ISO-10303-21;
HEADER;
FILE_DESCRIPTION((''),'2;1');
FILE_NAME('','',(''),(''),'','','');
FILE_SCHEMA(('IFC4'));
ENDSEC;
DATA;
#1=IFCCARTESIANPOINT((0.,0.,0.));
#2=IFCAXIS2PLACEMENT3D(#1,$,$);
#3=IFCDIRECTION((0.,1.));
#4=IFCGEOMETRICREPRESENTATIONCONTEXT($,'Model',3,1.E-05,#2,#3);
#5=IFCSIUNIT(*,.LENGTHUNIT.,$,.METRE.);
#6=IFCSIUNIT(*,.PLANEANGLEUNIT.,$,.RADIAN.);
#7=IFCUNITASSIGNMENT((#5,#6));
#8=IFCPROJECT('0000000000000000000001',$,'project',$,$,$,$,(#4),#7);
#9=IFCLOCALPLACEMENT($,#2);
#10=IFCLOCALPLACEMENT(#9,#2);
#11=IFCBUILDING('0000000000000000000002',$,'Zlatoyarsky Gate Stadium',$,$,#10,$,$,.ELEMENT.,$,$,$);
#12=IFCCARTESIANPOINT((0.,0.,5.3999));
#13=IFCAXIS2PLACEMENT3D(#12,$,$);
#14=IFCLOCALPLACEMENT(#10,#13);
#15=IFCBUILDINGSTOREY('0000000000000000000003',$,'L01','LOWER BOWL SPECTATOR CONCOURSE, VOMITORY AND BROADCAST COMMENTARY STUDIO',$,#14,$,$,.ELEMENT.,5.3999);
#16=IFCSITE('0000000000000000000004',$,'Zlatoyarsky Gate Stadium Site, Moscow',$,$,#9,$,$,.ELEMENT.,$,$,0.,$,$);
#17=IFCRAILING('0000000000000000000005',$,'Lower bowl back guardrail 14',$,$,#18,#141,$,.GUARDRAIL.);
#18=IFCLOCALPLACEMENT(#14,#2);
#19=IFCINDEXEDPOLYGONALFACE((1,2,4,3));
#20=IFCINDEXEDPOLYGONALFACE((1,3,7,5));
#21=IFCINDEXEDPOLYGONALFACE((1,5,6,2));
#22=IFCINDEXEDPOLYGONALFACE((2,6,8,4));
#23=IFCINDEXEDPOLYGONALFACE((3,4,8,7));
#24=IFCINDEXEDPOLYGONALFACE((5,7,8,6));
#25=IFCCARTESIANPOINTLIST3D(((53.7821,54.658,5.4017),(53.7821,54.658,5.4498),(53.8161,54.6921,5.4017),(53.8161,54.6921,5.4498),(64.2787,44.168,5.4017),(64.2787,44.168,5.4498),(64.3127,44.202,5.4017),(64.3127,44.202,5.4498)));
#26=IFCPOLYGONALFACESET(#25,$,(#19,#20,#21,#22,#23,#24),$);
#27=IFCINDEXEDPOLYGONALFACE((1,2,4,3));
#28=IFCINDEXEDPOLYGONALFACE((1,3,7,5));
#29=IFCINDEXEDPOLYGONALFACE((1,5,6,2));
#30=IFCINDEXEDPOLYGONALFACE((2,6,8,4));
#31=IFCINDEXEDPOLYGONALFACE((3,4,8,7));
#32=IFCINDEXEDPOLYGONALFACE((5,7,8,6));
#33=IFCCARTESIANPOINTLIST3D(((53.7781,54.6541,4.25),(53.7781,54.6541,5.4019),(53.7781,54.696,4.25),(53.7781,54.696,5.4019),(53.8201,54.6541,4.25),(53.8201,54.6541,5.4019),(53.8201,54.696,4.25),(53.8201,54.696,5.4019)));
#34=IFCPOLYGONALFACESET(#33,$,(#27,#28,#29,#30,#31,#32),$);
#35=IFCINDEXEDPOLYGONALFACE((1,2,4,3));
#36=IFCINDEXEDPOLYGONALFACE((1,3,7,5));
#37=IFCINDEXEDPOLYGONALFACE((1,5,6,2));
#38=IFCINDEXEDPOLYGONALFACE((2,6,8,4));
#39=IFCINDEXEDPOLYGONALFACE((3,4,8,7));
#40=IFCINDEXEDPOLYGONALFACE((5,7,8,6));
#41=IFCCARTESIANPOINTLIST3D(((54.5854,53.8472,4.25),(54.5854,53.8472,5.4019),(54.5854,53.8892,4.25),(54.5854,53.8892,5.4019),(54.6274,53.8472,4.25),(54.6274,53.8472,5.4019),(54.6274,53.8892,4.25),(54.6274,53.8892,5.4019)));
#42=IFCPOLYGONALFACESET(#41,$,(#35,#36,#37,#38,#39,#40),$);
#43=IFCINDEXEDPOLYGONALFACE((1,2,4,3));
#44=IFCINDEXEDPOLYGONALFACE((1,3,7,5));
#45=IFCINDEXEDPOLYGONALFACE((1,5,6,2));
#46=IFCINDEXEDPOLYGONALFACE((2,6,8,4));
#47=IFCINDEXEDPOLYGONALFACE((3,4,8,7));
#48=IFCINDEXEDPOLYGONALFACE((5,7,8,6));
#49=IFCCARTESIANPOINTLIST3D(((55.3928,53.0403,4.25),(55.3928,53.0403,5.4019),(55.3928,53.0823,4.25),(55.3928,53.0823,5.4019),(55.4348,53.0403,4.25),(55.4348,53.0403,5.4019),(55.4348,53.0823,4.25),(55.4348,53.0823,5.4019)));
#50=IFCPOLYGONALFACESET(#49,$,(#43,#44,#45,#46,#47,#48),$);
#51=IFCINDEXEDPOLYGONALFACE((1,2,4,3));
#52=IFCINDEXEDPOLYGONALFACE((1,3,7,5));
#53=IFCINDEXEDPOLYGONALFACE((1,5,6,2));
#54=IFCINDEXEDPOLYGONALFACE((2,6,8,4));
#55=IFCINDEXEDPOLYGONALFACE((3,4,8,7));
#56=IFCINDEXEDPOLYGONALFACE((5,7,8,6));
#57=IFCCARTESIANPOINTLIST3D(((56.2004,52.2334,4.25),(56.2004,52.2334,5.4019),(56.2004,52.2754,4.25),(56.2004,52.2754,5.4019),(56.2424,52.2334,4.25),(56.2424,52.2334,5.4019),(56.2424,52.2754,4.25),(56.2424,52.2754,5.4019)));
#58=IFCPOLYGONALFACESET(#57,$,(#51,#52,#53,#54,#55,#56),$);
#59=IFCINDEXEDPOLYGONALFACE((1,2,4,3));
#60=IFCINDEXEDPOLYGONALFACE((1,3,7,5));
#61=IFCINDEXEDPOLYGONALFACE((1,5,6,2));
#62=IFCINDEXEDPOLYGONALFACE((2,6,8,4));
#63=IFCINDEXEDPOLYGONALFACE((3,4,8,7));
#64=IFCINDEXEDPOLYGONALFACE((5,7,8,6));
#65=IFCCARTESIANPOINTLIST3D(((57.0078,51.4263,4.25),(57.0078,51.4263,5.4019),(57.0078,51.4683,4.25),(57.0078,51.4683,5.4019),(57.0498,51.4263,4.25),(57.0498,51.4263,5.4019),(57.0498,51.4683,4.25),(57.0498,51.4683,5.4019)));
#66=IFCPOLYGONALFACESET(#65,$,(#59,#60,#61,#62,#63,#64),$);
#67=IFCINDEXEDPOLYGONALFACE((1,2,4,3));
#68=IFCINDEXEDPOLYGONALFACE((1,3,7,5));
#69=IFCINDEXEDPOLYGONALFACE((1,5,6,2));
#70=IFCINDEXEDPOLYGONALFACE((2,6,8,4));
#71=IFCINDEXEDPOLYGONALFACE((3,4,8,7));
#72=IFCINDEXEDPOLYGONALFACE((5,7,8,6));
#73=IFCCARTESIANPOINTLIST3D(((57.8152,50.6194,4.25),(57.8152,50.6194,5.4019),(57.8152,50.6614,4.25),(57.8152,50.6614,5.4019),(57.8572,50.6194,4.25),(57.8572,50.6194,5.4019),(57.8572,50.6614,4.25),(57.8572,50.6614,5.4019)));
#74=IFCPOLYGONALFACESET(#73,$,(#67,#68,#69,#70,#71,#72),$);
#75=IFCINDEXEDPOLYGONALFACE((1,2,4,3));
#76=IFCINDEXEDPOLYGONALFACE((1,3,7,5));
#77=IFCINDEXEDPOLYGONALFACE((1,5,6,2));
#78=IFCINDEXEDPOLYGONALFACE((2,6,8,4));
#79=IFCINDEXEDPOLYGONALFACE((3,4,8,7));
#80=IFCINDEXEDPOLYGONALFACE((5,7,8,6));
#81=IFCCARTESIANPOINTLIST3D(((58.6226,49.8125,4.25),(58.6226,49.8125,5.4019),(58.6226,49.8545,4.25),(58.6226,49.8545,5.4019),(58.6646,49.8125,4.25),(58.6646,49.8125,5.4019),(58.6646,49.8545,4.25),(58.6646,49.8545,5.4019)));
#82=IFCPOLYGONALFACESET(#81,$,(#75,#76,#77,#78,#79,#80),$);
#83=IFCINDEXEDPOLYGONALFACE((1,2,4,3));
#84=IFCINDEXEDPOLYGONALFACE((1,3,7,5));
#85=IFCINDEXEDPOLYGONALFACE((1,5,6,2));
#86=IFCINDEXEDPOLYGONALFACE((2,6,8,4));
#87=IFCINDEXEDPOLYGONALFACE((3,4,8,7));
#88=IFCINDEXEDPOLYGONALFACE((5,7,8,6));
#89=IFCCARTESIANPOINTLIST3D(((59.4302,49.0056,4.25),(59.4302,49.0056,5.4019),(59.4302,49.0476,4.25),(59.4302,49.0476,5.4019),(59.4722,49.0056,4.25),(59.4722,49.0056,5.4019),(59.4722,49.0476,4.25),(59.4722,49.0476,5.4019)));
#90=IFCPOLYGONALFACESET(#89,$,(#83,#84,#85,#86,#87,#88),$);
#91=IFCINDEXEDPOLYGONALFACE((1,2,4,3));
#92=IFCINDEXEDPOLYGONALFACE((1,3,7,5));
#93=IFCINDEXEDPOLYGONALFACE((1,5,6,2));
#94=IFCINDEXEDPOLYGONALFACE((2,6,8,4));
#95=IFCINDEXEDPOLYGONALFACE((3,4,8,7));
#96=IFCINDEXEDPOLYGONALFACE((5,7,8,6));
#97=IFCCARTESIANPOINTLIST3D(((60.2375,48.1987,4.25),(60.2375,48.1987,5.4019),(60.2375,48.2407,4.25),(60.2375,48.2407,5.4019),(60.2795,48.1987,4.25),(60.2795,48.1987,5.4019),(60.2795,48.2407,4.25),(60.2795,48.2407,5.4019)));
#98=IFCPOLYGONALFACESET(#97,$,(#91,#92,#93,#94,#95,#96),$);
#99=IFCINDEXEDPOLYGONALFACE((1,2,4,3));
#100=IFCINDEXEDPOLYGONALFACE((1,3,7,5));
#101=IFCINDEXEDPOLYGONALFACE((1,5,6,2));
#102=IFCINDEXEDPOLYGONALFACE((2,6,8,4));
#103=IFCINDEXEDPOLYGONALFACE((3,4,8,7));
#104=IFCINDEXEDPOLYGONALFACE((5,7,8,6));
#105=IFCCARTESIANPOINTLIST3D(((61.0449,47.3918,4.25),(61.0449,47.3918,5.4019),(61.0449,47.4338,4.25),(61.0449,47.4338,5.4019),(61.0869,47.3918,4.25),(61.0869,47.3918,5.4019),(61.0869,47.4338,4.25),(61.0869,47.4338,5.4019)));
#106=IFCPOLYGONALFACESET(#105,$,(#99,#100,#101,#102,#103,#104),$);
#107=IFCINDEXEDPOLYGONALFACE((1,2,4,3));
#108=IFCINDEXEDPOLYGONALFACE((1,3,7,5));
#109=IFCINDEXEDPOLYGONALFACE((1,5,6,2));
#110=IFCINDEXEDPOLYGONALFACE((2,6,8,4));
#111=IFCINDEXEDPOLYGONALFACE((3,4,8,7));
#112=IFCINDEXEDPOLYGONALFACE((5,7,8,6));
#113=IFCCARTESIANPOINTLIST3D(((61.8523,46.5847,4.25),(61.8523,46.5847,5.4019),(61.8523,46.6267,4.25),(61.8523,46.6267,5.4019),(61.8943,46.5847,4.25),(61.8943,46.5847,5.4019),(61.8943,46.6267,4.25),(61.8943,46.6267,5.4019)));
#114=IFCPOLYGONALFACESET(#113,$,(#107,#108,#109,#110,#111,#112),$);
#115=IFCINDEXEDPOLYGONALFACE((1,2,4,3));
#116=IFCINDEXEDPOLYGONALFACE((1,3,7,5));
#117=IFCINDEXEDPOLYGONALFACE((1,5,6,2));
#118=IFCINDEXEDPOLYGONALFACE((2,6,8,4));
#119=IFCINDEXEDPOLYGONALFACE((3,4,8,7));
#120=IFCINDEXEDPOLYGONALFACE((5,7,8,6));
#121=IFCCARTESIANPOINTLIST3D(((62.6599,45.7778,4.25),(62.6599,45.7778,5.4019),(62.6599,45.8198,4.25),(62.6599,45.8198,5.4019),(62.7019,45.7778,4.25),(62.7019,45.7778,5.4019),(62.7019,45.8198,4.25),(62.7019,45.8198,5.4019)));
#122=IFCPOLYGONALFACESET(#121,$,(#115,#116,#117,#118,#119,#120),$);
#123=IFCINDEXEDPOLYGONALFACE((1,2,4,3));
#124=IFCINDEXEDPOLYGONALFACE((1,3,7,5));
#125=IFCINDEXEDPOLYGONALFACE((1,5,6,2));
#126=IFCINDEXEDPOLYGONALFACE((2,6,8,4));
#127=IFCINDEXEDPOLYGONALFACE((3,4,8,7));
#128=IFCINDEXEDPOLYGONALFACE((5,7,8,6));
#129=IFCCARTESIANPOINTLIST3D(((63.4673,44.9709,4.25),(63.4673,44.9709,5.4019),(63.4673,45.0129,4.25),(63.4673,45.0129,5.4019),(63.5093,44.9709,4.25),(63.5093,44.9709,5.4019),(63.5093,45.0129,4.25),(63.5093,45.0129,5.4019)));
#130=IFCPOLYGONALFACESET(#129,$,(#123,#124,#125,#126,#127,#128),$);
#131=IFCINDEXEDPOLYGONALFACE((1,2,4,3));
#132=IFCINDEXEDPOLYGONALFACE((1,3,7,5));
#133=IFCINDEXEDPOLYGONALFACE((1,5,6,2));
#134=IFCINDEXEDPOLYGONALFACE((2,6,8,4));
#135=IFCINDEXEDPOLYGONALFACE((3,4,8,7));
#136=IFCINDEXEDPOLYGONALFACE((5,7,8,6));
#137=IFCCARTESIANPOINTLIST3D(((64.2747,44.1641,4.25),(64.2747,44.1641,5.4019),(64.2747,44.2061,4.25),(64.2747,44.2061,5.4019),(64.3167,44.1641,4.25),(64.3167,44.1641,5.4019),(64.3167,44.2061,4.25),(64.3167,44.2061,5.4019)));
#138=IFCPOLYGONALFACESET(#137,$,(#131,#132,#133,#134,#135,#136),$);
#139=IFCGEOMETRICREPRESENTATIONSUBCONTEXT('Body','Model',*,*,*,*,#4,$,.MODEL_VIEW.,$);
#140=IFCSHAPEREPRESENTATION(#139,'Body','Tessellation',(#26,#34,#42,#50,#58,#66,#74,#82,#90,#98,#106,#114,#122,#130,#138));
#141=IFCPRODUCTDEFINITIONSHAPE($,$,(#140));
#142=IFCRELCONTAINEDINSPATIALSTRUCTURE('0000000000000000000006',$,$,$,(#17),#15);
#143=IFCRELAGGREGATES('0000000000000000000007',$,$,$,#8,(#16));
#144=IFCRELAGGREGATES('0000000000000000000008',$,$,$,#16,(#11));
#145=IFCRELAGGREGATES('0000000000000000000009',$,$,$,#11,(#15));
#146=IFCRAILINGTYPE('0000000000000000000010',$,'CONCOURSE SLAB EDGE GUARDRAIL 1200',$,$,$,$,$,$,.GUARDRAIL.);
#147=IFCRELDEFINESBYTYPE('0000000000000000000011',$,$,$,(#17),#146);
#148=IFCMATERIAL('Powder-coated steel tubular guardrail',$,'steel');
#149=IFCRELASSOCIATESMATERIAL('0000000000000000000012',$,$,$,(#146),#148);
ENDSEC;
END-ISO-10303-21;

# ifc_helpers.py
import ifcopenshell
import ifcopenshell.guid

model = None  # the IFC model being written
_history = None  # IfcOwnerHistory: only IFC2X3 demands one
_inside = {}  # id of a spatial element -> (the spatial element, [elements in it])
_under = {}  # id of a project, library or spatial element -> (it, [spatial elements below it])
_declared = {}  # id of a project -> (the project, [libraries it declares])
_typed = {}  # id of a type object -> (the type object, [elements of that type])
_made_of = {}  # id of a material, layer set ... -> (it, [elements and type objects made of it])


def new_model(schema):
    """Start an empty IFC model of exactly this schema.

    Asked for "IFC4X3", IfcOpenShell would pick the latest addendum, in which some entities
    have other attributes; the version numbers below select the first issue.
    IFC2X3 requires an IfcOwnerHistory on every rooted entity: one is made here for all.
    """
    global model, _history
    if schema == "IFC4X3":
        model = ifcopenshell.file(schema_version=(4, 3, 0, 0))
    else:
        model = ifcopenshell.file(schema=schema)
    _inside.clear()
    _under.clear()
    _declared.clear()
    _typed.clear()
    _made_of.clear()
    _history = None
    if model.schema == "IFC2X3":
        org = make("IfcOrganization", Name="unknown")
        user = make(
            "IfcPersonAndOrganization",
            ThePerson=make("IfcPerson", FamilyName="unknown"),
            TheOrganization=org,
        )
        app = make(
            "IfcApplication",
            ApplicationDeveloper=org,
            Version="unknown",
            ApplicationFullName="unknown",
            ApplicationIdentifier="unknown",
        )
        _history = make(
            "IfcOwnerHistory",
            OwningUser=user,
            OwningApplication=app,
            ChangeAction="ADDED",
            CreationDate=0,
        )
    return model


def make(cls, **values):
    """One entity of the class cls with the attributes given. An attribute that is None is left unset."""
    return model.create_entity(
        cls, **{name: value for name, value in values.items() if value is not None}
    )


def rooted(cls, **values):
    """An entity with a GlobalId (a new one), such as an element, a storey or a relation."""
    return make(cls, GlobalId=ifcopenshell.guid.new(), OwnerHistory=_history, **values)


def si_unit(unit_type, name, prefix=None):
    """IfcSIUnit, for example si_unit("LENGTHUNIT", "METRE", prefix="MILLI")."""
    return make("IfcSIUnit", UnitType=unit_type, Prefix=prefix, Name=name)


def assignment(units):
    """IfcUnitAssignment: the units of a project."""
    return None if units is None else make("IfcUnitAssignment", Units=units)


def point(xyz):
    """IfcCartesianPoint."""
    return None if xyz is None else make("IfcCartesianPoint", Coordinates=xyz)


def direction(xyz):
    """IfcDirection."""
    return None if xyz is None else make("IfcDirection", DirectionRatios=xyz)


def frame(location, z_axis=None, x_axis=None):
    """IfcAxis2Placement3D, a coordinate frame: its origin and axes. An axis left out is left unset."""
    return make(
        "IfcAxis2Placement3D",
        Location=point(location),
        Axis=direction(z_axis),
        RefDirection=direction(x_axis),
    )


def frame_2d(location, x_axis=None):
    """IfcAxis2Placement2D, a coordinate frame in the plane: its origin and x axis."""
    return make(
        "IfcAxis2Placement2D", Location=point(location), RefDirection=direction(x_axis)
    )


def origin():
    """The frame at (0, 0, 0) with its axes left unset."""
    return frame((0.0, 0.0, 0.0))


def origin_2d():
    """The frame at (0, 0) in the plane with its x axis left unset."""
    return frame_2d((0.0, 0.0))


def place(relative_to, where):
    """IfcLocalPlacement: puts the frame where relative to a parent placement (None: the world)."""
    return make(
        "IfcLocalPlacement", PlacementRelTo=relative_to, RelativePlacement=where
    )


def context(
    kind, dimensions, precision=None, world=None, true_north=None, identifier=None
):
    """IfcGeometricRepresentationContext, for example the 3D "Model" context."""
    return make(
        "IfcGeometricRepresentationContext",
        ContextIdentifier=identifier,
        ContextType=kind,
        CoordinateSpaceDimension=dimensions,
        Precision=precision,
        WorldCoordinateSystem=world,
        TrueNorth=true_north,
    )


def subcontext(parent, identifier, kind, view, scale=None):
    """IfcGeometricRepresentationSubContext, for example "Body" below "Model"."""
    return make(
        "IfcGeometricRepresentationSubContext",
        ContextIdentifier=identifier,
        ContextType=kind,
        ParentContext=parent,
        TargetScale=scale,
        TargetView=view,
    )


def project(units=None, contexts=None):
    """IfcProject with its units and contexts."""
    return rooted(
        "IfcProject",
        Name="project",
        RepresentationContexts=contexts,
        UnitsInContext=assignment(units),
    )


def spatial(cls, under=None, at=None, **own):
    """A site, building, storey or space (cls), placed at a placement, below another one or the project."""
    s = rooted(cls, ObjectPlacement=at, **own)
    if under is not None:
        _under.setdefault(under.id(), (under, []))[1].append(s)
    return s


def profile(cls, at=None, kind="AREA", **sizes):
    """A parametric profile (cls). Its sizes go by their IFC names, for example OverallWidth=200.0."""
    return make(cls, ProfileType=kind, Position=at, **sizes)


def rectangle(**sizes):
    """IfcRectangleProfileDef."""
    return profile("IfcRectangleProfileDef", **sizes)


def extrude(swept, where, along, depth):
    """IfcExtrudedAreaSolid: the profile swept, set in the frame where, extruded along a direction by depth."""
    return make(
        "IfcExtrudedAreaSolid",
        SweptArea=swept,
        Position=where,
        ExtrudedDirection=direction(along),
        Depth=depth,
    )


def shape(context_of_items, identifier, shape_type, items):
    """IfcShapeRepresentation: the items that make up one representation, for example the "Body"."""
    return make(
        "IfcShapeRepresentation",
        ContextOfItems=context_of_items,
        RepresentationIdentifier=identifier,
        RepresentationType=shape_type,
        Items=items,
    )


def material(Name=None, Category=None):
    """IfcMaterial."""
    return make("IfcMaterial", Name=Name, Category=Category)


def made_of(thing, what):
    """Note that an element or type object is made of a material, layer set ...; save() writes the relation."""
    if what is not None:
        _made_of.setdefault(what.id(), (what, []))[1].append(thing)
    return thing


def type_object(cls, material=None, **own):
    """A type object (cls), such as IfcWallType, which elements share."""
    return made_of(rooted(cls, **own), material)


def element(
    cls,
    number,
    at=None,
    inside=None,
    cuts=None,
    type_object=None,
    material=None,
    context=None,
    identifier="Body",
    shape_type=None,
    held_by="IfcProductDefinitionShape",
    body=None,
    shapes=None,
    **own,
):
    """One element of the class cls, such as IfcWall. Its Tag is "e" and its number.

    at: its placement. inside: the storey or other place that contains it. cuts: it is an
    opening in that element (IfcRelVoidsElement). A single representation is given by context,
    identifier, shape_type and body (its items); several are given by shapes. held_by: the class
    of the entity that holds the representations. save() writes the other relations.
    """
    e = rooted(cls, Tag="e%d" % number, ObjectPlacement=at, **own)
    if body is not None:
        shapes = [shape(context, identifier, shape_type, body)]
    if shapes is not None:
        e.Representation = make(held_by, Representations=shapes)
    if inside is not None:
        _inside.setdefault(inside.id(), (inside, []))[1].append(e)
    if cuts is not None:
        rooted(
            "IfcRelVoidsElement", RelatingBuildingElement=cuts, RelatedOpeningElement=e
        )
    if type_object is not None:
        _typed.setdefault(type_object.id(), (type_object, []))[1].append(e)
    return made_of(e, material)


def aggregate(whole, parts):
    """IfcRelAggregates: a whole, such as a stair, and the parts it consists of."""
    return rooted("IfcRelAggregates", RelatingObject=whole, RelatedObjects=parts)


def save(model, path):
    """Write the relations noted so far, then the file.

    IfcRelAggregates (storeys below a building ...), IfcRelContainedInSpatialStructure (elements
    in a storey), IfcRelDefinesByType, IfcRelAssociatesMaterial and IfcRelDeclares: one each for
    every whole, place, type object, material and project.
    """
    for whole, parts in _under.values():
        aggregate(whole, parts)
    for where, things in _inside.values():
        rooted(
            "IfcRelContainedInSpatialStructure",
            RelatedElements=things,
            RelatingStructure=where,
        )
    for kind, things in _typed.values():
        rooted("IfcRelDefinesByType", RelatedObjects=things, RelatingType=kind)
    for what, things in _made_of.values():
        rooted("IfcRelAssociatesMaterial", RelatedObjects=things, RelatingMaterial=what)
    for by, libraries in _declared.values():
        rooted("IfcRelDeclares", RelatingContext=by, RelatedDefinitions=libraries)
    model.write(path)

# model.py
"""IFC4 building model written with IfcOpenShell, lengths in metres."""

from ifc_helpers import new_model, si_unit, direction, frame, origin, origin_2d, place, context, subcontext, project, spatial, rectangle, extrude, material, type_object, element, save


model = new_model("IFC4")

# Units and contexts
model_context = context("Model", 3, precision=1e-05, world=origin(), true_north=direction((0.0, 1.0)))
body_context = subcontext(model_context, "Body", "Model", "MODEL_VIEW")
ifc_project = project(units=[si_unit("LENGTHUNIT", "METRE"), si_unit("PLANEANGLEUNIT", "RADIAN")], contexts=[model_context])

# Site, building, storey
site_placement = place(None, origin())
site = spatial("IfcSite", under=ifc_project, at=site_placement, Name="Zlatoyarsky Gate Stadium Site, Moscow", CompositionType="ELEMENT", RefElevation=0.0)
building_placement = place(site_placement, origin())
building = spatial("IfcBuilding", under=site, at=building_placement, Name="Zlatoyarsky Gate Stadium", CompositionType="ELEMENT")
storey_placement = place(building_placement, frame((0.0, 0.0, 5.3999)))
storey = spatial("IfcBuildingStorey", under=building, at=storey_placement, Name="L01", Description="LOWER BOWL SPECTATOR CONCOURSE, VOMITORY AND BROADCAST COMMENTARY STUDIO", CompositionType="ELEMENT", Elevation=5.3999)

# Railing
ifc_material_1 = material(Name="Powder-coated steel tubular guardrail", Category="steel")
railing_type_1 = type_object("IfcRailingType", Name="CONCOURSE SLAB EDGE GUARDRAIL 1200", PredefinedType="GUARDRAIL", material=ifc_material_1)
railing_1_placement = place(storey_placement, frame((53.7991, 54.675, 4.25)))
element("IfcRailing", 1, at=railing_1_placement, inside=storey, type_object=railing_type_1, Name="Lower bowl back guardrail 14", PredefinedType="GUARDRAIL", context=body_context, shape_type="SweptSolid", body=[
    extrude(rectangle(XDim=0.0481, YDim=0.0481, at=origin_2d()), frame((0.0, 0.0, 1.1758), z_axis=(0.707329, -0.706885, 0.0), x_axis=(0.706885, 0.707329, 0.0)), (0.0, 0.0, 1.0), 14.8398),
    extrude(rectangle(XDim=0.042, YDim=0.042, at=origin_2d()), origin(), (0.0, 0.0, 1.0), 1.1519),
    extrude(rectangle(XDim=0.042, YDim=0.042, at=origin_2d()), frame((0.8074, -0.8069, 0.0)), (0.0, 0.0, 1.0), 1.1519),
    extrude(rectangle(XDim=0.042, YDim=0.042, at=origin_2d()), frame((1.6147, -1.6138, 0.0)), (0.0, 0.0, 1.0), 1.1519),
    extrude(rectangle(XDim=0.042, YDim=0.042, at=origin_2d()), frame((2.4224, -2.4207, 0.0)), (0.0, 0.0, 1.0), 1.1519),
    extrude(rectangle(XDim=0.042, YDim=0.042, at=origin_2d()), frame((3.2297, -3.2278, 0.0)), (0.0, 0.0, 1.0), 1.1519),
    extrude(rectangle(XDim=0.042, YDim=0.042, at=origin_2d()), frame((4.0371, -4.0347, 0.0)), (0.0, 0.0, 1.0), 1.1519),
    extrude(rectangle(XDim=0.042, YDim=0.042, at=origin_2d()), frame((4.8445, -4.8416, 0.0)), (0.0, 0.0, 1.0), 1.1519),
    extrude(rectangle(XDim=0.042, YDim=0.042, at=origin_2d()), frame((5.6521, -5.6484, 0.0)), (0.0, 0.0, 1.0), 1.1519),
    extrude(rectangle(XDim=0.042, YDim=0.042, at=origin_2d()), frame((6.4595, -6.4553, 0.0)), (0.0, 0.0, 1.0), 1.1519),
    extrude(rectangle(XDim=0.042, YDim=0.042, at=origin_2d()), frame((7.2668, -7.2622, 0.0)), (0.0, 0.0, 1.0), 1.1519),
    extrude(rectangle(XDim=0.042, YDim=0.042, at=origin_2d()), frame((8.0742, -8.0693, 0.0)), (0.0, 0.0, 1.0), 1.1519),
    extrude(rectangle(XDim=0.042, YDim=0.042, at=origin_2d()), frame((8.8818, -8.8762, 0.0)), (0.0, 0.0, 1.0), 1.1519),
    extrude(rectangle(XDim=0.042, YDim=0.042, at=origin_2d()), frame((9.6892, -9.6831, 0.0)), (0.0, 0.0, 1.0), 1.1519),
    extrude(rectangle(XDim=0.042, YDim=0.042, at=origin_2d()), frame((10.4966, -10.49, 0.0)), (0.0, 0.0, 1.0), 1.1519),
])

save(model, "model.ifc")
